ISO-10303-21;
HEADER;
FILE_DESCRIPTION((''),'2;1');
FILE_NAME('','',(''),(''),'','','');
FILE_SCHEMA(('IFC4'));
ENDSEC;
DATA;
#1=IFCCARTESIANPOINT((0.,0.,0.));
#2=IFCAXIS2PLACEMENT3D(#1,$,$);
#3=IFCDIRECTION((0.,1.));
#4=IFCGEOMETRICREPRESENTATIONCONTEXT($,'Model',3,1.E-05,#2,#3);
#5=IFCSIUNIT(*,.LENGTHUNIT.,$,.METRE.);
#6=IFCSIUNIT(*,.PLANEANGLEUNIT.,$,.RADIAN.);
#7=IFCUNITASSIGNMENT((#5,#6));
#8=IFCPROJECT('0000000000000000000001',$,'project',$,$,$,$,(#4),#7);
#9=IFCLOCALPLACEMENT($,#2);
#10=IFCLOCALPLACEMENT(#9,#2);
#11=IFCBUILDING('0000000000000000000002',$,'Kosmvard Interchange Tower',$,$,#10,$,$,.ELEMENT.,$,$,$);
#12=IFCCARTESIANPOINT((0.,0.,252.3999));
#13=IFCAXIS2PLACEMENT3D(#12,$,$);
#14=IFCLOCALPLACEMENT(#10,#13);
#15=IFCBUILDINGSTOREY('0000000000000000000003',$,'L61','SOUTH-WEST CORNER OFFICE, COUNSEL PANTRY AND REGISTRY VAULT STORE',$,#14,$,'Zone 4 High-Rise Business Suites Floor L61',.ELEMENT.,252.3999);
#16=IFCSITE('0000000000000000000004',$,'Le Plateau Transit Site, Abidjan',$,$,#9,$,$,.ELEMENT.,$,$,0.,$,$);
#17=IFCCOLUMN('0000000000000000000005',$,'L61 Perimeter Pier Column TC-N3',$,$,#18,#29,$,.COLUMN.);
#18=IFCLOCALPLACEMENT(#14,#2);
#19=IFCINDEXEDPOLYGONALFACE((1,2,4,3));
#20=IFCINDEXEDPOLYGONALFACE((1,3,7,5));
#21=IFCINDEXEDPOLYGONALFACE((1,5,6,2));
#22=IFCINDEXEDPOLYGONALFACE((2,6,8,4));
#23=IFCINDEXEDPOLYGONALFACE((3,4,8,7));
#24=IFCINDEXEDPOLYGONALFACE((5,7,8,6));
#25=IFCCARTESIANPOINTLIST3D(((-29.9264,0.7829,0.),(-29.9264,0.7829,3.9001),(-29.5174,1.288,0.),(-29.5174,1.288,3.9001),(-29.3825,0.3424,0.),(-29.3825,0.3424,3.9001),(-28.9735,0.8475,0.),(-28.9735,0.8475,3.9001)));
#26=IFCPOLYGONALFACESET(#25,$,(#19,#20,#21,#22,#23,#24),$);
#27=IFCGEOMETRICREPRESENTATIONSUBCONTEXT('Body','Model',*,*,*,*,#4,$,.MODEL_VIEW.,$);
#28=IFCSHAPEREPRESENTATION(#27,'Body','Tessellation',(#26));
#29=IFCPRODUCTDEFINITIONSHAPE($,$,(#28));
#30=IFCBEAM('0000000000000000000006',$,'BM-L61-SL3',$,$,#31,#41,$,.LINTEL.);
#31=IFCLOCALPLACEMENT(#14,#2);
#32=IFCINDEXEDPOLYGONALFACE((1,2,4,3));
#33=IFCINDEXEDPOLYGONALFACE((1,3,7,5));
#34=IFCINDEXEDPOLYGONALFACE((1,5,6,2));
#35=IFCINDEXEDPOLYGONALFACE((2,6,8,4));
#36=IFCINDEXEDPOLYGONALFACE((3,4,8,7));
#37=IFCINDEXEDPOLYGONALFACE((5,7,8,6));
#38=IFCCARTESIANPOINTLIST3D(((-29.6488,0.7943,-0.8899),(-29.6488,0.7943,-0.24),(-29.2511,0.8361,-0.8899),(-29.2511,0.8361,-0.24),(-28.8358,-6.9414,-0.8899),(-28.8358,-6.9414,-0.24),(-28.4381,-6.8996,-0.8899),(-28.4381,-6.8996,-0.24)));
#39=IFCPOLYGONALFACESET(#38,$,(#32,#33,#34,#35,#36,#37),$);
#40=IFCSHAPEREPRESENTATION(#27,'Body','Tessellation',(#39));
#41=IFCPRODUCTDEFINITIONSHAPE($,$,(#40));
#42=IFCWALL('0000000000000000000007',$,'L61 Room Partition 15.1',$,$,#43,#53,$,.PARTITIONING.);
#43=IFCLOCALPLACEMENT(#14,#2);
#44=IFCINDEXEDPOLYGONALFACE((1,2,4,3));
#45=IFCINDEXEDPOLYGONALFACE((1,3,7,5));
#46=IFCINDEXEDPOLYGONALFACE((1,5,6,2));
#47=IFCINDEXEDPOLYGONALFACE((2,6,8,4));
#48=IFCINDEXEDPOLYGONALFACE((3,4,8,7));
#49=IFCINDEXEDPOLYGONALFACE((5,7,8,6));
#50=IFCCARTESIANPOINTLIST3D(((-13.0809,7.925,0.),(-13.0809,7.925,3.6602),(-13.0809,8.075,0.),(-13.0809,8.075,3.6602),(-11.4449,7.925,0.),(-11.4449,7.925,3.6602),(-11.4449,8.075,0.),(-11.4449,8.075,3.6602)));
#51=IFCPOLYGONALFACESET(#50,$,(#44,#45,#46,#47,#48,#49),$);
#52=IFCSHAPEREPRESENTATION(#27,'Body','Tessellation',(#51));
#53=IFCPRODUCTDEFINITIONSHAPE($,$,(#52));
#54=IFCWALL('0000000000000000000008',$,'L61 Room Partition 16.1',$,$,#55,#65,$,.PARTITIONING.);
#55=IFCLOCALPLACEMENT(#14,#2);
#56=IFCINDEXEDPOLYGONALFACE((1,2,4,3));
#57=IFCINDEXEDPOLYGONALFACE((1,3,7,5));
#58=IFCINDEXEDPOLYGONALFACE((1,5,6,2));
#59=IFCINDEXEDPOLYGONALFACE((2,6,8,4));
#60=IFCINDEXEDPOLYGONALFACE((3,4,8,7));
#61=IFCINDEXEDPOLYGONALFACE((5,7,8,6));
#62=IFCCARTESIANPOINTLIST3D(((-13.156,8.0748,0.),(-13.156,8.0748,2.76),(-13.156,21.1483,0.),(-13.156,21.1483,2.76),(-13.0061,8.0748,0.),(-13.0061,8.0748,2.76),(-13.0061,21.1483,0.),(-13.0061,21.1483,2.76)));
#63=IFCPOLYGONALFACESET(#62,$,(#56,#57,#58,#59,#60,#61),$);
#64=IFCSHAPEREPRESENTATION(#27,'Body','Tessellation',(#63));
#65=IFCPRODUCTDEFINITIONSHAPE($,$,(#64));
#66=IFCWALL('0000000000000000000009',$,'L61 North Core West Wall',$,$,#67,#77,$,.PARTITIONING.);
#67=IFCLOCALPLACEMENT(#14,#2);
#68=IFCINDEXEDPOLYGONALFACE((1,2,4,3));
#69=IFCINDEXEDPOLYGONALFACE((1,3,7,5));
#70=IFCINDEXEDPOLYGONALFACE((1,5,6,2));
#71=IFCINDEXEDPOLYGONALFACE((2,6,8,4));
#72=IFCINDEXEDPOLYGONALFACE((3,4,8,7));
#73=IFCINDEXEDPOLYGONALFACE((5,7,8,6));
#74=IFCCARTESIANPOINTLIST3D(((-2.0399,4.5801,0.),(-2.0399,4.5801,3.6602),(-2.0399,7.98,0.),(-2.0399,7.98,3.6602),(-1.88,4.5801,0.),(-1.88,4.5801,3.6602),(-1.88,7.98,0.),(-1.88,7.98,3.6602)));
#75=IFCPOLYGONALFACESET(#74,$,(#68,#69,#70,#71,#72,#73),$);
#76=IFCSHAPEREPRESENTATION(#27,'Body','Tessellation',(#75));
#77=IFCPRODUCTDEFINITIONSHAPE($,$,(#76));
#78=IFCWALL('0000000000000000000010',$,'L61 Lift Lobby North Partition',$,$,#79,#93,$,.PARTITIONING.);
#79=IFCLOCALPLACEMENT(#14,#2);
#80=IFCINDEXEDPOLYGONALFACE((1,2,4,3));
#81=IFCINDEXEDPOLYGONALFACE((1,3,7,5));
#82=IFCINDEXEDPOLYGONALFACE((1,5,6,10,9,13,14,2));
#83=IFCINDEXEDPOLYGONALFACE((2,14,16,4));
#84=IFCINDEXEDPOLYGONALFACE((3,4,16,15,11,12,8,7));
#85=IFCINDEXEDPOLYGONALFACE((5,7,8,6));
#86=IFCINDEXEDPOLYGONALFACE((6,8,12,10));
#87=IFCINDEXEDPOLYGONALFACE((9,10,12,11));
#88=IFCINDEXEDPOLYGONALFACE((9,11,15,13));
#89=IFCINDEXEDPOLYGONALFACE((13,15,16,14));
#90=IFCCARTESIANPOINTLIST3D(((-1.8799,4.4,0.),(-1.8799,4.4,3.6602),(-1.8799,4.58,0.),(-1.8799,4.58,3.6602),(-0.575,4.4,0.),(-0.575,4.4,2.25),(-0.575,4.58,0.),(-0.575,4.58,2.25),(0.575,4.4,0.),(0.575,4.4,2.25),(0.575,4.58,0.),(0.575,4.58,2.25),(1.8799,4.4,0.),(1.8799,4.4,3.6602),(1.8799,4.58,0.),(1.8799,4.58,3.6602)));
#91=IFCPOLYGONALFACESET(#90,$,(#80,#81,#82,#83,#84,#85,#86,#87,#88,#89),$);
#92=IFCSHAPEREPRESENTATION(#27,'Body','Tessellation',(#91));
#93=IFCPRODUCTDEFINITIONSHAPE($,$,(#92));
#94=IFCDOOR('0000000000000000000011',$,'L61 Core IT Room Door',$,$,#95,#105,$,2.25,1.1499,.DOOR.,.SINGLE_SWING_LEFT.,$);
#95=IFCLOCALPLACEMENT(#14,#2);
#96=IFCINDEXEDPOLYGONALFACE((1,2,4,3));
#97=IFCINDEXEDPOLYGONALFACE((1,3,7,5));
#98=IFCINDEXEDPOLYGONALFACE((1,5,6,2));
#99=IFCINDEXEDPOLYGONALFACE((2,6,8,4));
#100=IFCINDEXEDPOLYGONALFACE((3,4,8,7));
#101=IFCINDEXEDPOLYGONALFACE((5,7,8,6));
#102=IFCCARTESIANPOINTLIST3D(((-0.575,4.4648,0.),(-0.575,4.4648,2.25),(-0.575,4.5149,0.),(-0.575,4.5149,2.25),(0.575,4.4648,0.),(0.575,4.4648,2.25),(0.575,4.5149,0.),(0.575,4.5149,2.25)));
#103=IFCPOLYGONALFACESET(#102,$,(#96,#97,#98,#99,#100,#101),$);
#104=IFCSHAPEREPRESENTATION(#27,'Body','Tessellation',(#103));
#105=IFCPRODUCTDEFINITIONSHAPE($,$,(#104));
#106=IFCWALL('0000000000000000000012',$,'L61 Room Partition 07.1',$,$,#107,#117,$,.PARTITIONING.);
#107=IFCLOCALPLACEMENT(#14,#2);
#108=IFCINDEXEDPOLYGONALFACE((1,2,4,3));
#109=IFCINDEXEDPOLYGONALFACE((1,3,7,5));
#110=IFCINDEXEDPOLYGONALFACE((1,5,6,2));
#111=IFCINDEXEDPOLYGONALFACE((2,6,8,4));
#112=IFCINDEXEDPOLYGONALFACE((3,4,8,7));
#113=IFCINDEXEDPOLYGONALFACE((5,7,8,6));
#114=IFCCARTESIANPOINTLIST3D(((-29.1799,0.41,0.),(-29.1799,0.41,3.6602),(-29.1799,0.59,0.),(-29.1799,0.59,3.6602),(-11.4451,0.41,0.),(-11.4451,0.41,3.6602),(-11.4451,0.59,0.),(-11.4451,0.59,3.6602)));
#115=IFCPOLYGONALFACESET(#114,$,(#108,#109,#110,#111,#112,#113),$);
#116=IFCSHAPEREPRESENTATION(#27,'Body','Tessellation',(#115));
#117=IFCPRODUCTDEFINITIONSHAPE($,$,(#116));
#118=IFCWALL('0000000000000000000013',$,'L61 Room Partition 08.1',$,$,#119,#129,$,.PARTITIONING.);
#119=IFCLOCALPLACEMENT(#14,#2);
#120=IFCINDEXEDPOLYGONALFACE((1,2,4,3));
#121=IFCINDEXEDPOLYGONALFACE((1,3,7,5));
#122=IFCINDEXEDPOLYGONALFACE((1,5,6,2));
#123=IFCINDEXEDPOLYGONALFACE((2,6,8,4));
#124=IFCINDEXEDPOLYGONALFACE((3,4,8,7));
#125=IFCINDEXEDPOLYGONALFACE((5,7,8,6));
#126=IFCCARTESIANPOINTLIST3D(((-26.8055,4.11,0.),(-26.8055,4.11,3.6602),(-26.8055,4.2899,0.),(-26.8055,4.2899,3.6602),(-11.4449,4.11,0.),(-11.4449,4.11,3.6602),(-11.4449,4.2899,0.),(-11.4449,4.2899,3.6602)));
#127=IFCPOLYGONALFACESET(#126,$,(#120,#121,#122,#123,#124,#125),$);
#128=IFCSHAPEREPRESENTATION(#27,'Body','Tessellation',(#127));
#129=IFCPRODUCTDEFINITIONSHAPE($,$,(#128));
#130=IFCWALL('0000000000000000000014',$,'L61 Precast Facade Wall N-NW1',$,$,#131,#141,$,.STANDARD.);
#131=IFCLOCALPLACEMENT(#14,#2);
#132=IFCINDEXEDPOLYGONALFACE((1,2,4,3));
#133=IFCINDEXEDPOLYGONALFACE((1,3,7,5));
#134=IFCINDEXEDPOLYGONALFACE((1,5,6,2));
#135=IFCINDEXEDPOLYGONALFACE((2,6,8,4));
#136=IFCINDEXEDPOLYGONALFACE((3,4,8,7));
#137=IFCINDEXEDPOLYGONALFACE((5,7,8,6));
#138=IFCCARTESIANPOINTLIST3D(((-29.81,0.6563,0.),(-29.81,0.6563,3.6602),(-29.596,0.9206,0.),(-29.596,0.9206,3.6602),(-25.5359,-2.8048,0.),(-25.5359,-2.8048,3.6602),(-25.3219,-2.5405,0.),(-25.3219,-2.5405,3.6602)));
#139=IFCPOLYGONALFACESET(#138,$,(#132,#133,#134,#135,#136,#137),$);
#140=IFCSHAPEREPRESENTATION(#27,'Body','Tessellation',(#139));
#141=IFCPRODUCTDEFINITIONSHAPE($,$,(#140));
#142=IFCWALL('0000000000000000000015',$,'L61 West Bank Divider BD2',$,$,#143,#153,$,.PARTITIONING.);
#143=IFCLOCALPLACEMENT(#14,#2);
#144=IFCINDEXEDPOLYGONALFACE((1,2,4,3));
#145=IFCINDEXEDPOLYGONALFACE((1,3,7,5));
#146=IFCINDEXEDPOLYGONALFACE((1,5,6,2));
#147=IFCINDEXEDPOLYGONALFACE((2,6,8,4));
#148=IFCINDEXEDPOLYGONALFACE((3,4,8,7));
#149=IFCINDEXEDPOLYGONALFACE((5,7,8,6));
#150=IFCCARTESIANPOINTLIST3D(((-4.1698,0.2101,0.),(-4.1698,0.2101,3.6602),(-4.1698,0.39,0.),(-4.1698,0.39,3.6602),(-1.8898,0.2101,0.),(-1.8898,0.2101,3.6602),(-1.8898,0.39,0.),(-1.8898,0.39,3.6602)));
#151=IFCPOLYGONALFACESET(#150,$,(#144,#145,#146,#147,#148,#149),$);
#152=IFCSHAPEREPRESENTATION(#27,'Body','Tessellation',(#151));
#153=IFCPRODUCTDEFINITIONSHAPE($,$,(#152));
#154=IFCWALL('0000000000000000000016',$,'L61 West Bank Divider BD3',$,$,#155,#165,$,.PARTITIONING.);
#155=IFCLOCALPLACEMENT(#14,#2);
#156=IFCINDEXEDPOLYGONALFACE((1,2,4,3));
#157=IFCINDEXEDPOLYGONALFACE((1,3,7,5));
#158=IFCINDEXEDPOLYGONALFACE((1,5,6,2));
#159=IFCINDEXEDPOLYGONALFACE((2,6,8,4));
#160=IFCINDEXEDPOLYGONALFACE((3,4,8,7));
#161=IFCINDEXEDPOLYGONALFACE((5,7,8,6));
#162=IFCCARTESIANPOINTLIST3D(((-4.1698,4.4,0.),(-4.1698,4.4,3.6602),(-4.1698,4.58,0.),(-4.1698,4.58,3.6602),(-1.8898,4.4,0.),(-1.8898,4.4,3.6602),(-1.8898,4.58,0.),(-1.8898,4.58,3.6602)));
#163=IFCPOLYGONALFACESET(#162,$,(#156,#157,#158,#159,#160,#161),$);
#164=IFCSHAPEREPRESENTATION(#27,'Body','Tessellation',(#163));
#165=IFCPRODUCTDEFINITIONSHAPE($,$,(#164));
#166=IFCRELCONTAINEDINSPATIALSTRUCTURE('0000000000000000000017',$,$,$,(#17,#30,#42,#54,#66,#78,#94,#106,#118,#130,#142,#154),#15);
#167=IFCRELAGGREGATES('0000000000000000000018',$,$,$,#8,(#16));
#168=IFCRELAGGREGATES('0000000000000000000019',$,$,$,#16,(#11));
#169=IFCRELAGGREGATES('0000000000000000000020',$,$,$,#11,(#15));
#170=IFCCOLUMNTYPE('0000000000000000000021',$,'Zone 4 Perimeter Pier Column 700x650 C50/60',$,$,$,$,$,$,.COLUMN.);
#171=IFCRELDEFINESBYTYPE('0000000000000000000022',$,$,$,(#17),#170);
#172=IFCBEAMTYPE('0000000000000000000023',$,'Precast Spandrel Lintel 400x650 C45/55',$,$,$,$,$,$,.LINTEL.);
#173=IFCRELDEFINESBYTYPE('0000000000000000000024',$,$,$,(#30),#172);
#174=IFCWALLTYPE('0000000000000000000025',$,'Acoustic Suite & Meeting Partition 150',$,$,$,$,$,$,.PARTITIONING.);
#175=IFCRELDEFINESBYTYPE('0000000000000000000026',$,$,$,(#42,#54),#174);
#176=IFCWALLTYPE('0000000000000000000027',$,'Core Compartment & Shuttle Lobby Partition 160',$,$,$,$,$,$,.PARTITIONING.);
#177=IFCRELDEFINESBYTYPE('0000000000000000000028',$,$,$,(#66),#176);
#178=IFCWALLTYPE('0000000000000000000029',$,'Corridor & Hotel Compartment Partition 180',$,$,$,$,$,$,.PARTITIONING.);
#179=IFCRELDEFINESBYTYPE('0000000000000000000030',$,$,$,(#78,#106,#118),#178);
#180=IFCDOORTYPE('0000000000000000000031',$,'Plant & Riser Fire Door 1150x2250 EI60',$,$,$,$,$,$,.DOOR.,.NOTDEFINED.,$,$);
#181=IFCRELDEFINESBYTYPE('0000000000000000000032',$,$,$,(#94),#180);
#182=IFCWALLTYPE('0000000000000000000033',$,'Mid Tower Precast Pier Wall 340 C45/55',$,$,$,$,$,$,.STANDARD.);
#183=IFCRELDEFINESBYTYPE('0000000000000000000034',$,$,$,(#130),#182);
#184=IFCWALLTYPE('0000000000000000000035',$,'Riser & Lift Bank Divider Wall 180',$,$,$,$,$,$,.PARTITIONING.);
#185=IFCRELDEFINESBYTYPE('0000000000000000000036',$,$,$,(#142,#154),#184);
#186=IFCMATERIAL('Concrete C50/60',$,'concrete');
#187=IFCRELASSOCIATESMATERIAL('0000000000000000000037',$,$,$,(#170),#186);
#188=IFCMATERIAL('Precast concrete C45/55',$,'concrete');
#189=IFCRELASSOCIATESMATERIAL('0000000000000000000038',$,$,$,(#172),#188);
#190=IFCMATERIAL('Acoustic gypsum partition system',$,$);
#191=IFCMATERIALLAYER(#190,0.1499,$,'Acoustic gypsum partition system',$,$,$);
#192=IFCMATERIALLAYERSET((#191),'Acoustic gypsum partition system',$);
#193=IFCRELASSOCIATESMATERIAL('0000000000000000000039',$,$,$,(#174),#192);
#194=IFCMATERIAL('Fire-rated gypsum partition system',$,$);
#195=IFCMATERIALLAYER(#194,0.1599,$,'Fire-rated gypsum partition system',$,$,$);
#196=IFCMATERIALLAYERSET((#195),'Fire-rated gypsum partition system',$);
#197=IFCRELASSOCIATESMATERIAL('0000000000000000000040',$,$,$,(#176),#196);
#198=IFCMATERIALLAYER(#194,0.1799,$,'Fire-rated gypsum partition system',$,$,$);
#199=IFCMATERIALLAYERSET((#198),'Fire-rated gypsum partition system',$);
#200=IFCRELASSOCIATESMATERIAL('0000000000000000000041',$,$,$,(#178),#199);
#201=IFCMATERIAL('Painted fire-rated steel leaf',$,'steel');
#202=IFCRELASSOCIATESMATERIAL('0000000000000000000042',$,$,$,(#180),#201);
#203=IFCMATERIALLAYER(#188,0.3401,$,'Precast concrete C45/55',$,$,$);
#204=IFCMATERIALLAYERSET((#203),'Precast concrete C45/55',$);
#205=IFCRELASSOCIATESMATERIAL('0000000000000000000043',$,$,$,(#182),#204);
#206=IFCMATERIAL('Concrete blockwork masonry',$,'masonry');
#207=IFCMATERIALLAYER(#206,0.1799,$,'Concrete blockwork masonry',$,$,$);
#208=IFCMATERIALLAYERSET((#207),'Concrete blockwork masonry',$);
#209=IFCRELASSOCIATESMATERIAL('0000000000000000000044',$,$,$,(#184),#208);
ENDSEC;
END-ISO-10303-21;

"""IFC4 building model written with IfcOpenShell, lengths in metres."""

from ifc_helpers import new_model, si_unit, direction, frame, frame_2d, origin, origin_2d, place, context, subcontext, project, spatial, rectangle, extrude, source, transform, mapped, material, layer, layer_set, material_profile, profile_set, type_object, element, fill, save


model = new_model("IFC4")

# Units and contexts
model_context = context("Model", 3, precision=1e-05, world=origin(), true_north=direction((0.0, 1.0)))
body_context = subcontext(model_context, "Body", "Model", "MODEL_VIEW")
ifc_project = project(units=[si_unit("LENGTHUNIT", "METRE"), si_unit("PLANEANGLEUNIT", "RADIAN")], contexts=[model_context])

# Site, building, storey
site_placement = place(None, origin())
site = spatial("IfcSite", under=ifc_project, at=site_placement, Name="Le Plateau Transit Site, Abidjan", CompositionType="ELEMENT", RefElevation=0.0)
building_placement = place(site_placement, origin())
building = spatial("IfcBuilding", under=site, at=building_placement, Name="Kosmvard Interchange Tower", CompositionType="ELEMENT")
storey_placement = place(building_placement, frame((0.0, 0.0, 252.3999)))
storey = spatial("IfcBuildingStorey", under=building, at=storey_placement, Name="L61", Description="SOUTH-WEST CORNER OFFICE, COUNSEL PANTRY AND REGISTRY VAULT STORE", LongName="Zone 4 High-Rise Business Suites Floor L61", CompositionType="ELEMENT", Elevation=252.3999)

# Column
ifc_material_1 = material(Name="Concrete C50/60", Category="concrete")
ifc_material_profile_1 = material_profile(ifc_material_1, rectangle(XDim=0.6499, YDim=0.7, at=origin_2d()), Name="TC 700x650")
ifc_profile_set_1 = profile_set([ifc_material_profile_1], Name="Concrete C50/60")
column_type = type_object("IfcColumnType", Name="Zone 4 Perimeter Pier Column 700x650 C50/60", PredefinedType="COLUMN", material=ifc_profile_set_1)
shared_shape_1 = source(origin(), body_context, "Body", "SweptSolid", [
    extrude(rectangle(XDim=0.6499, YDim=0.7, at=origin_2d()), origin(), (0.0, 0.0, 1.0), 3.9001),
])
column_placement = place(storey_placement, frame((-29.45, 0.8152, 0.0), z_axis=(0.0, 0.0, 1.0), x_axis=(0.62932, 0.777146, 0.0)))
element("IfcColumn", 1, at=column_placement, inside=storey, type_object=column_type, Name="L61 Perimeter Pier Column TC-N3", PredefinedType="COLUMN", context=body_context, shape_type="MappedRepresentation", body=[
    mapped(shared_shape_1, transform((0.0, 0.0, 0.0), scale=1.0)),
])

# Beam
ifc_material_2 = material(Name="Precast concrete C45/55", Category="concrete")
ifc_material_profile_2 = material_profile(ifc_material_2, rectangle(XDim=0.3999, YDim=0.6499, at=origin_2d()), Name="SL 400x650")
ifc_profile_set_2 = profile_set([ifc_material_profile_2], Name="Precast concrete C45/55")
beam_type = type_object("IfcBeamType", Name="Precast Spandrel Lintel 400x650 C45/55", PredefinedType="LINTEL", material=ifc_profile_set_2)
shared_shape_2 = source(origin(), body_context, "Body", "SweptSolid", [
    extrude(rectangle(XDim=0.3999, YDim=0.6499, at=origin_2d()), origin(), (0.0, 0.0, 1.0), 7.7783),
])
beam_placement = place(storey_placement, frame((-29.45, 0.8152, -0.5649), z_axis=(0.104521, -0.994523, 0.0), x_axis=(0.994523, 0.104521, 0.0)))
element("IfcBeam", 2, at=beam_placement, inside=storey, type_object=beam_type, Name="BM-L61-SL3", PredefinedType="LINTEL", context=body_context, shape_type="MappedRepresentation", body=[
    mapped(shared_shape_2, transform((0.0, 0.0, 0.0), scale=1.0)),
])

# Walls
ifc_material_3 = material(Name="Acoustic gypsum partition system")
ifc_layer_1 = layer(ifc_material_3, 0.1499, Name="Acoustic gypsum partition system")
ifc_layer_set_1 = layer_set([ifc_layer_1], Name="Acoustic gypsum partition system")
wall_type_1 = type_object("IfcWallType", Name="Acoustic Suite & Meeting Partition 150", PredefinedType="PARTITIONING", material=ifc_layer_set_1)
wall_1_placement = place(storey_placement, frame((-11.4451, 8.0, 0.0), z_axis=(0.0, 0.0, 1.0), x_axis=(-1.0, 0.0, 0.0)))
element("IfcWall", 3, at=wall_1_placement, inside=storey, type_object=wall_type_1, Name="L61 Room Partition 15.1", PredefinedType="PARTITIONING", context=body_context, shape_type="SweptSolid", body=[
    extrude(rectangle(XDim=1.636, YDim=0.1499, at=frame_2d((0.8179, 0.0))), origin(), (0.0, 0.0, 1.0), 3.6602),
])
wall_2_placement = place(storey_placement, frame((-13.0811, 8.075, 0.0), z_axis=(0.0, 0.0, 1.0), x_axis=(0.0, 1.0, 0.0)))
element("IfcWall", 4, at=wall_2_placement, inside=storey, type_object=wall_type_1, Name="L61 Room Partition 16.1", PredefinedType="PARTITIONING", context=body_context, shape_type="SweptSolid", body=[
    extrude(rectangle(XDim=13.0735, YDim=0.1499, at=frame_2d((6.5366, 0.0))), origin(), (0.0, 0.0, 1.0), 2.76),
])
ifc_material_4 = material(Name="Fire-rated gypsum partition system")
ifc_layer_2 = layer(ifc_material_4, 0.1599, Name="Fire-rated gypsum partition system")
ifc_layer_set_2 = layer_set([ifc_layer_2], Name="Fire-rated gypsum partition system")
wall_type_2 = type_object("IfcWallType", Name="Core Compartment & Shuttle Lobby Partition 160", PredefinedType="PARTITIONING", material=ifc_layer_set_2)
wall_3_placement = place(storey_placement, frame((-1.96, 4.5801, 0.0), z_axis=(0.0, 0.0, 1.0), x_axis=(0.0, 1.0, 0.0)))
element("IfcWall", 5, at=wall_3_placement, inside=storey, type_object=wall_type_2, Name="L61 North Core West Wall", PredefinedType="PARTITIONING", context=body_context, shape_type="SweptSolid", body=[
    extrude(rectangle(XDim=3.3999, YDim=0.1599, at=frame_2d((1.7, 0.0))), origin(), (0.0, 0.0, 1.0), 3.6602),
])

# Wall, opening, door
ifc_layer_3 = layer(ifc_material_4, 0.1799, Name="Fire-rated gypsum partition system")
ifc_layer_set_3 = layer_set([ifc_layer_3], Name="Fire-rated gypsum partition system")
wall_type_3 = type_object("IfcWallType", Name="Corridor & Hotel Compartment Partition 180", PredefinedType="PARTITIONING", material=ifc_layer_set_3)
wall_4_placement = place(storey_placement, frame((-1.8799, 4.49, 0.0), z_axis=(0.0, 0.0, 1.0), x_axis=(1.0, 0.0, 0.0)))
wall_4 = element("IfcWall", 6, at=wall_4_placement, inside=storey, type_object=wall_type_3, Name="L61 Lift Lobby North Partition", PredefinedType="PARTITIONING", context=body_context, shape_type="SweptSolid", body=[
    extrude(rectangle(XDim=3.7598, YDim=0.1799, at=frame_2d((1.8799, 0.0))), origin(), (0.0, 0.0, 1.0), 3.6602),
])
opening_1_placement = place(wall_4_placement, frame((1.3049, 0.0, 0.0)))
opening_1 = element("IfcOpeningElement", 7, at=opening_1_placement, cuts=wall_4, PredefinedType="OPENING", context=body_context, shape_type="SweptSolid", body=[
    extrude(rectangle(XDim=1.1499, YDim=2.25, at=frame_2d((0.575, 1.125))), frame((0.0, 0.1001, 0.0), z_axis=(0.0, -1.0, 0.0), x_axis=(1.0, 0.0, 0.0)), (0.0, 0.0, 1.0), 0.2),
])
ifc_material_5 = material(Name="Painted fire-rated steel leaf", Category="steel")
door_type_1 = type_object("IfcDoorType", Name="Plant & Riser Fire Door 1150x2250 EI60", OperationType="NOTDEFINED", PredefinedType="DOOR", material=ifc_material_5)
shared_shape_3 = source(origin(), body_context, "Body", "SweptSolid", [
    extrude(rectangle(XDim=1.1499, YDim=2.25, at=frame_2d((0.575, 1.125))), frame((0.0, 0.0249, 0.0), z_axis=(0.0, -1.0, 0.0), x_axis=(1.0, 0.0, 0.0)), (0.0, 0.0, 1.0), 0.05),
])
door_1_placement = place(opening_1_placement, origin())
door_1 = element("IfcDoor", 8, at=door_1_placement, inside=storey, type_object=door_type_1, Name="L61 Core IT Room Door", OperationType="SINGLE_SWING_LEFT", OverallHeight=2.25, OverallWidth=1.1499, PredefinedType="DOOR", context=body_context, shape_type="MappedRepresentation", body=[
    mapped(shared_shape_3, transform((0.0, 0.0, 0.0), scale=1.0)),
])
fill(opening_1, door_1)

# Walls
wall_5_placement = place(storey_placement, frame((-11.4451, 0.5, 0.0), z_axis=(0.0, 0.0, 1.0), x_axis=(-1.0, 0.0, 0.0)))
element("IfcWall", 9, at=wall_5_placement, inside=storey, type_object=wall_type_3, Name="L61 Room Partition 07.1", PredefinedType="PARTITIONING", context=body_context, shape_type="SweptSolid", body=[
    extrude(rectangle(XDim=17.7349, YDim=0.1799, at=frame_2d((8.8674, 0.0))), origin(), (0.0, 0.0, 1.0), 3.6602),
])
wall_6_placement = place(storey_placement, frame((-11.4451, 4.2, 0.0), z_axis=(0.0, 0.0, 1.0), x_axis=(-1.0, 0.0, 0.0)))
element("IfcWall", 10, at=wall_6_placement, inside=storey, type_object=wall_type_3, Name="L61 Room Partition 08.1", PredefinedType="PARTITIONING", context=body_context, shape_type="SweptSolid", body=[
    extrude(rectangle(XDim=15.3606, YDim=0.1799, at=frame_2d((7.6802, 0.0))), origin(), (0.0, 0.0, 1.0), 3.6602),
])
ifc_layer_4 = layer(ifc_material_2, 0.3401, Name="Precast concrete C45/55")
ifc_layer_set_4 = layer_set([ifc_layer_4], Name="Precast concrete C45/55")
wall_type_4 = type_object("IfcWallType", Name="Mid Tower Precast Pier Wall 340 C45/55", PredefinedType="STANDARD", material=ifc_layer_set_4)
wall_7_placement = place(storey_placement, frame((-29.7031, 0.7886, 0.0), z_axis=(0.0, 0.0, 1.0), x_axis=(0.777144, -0.629323, 0.0)))
element("IfcWall", 11, at=wall_7_placement, inside=storey, type_object=wall_type_4, Name="L61 Precast Facade Wall N-NW1", PredefinedType="STANDARD", context=body_context, shape_type="SweptSolid", body=[
    extrude(rectangle(XDim=5.4998, YDim=0.3401, at=frame_2d((2.75, 0.0))), origin(), (0.0, 0.0, 1.0), 3.6602),
])
ifc_material_6 = material(Name="Concrete blockwork masonry", Category="masonry")
ifc_layer_5 = layer(ifc_material_6, 0.1799, Name="Concrete blockwork masonry")
ifc_layer_set_5 = layer_set([ifc_layer_5], Name="Concrete blockwork masonry")
wall_type_5 = type_object("IfcWallType", Name="Riser & Lift Bank Divider Wall 180", PredefinedType="PARTITIONING", material=ifc_layer_set_5)
for number, where, z_axis, x_axis, name in (
    (12, (-4.1699, 0.3, 0.0), (0.0, 0.0, 1.0), (1.0, 0.0, 0.0), "L61 West Bank Divider BD2"),
    (13, (-4.1699, 4.49, 0.0), (0.0, 0.0, 1.0), (1.0, 0.0, 0.0), "L61 West Bank Divider BD3"),
):
    element("IfcWall", number, at=place(storey_placement, frame(where, z_axis=z_axis, x_axis=x_axis)), inside=storey, type_object=wall_type_5, Name=name, PredefinedType="PARTITIONING", context=body_context, shape_type="SweptSolid", body=[
        extrude(rectangle(XDim=2.28, YDim=0.1799, at=frame_2d((1.1401, 0.0))), origin(), (0.0, 0.0, 1.0), 3.6602),
    ])

save(model, "model.ifc")
